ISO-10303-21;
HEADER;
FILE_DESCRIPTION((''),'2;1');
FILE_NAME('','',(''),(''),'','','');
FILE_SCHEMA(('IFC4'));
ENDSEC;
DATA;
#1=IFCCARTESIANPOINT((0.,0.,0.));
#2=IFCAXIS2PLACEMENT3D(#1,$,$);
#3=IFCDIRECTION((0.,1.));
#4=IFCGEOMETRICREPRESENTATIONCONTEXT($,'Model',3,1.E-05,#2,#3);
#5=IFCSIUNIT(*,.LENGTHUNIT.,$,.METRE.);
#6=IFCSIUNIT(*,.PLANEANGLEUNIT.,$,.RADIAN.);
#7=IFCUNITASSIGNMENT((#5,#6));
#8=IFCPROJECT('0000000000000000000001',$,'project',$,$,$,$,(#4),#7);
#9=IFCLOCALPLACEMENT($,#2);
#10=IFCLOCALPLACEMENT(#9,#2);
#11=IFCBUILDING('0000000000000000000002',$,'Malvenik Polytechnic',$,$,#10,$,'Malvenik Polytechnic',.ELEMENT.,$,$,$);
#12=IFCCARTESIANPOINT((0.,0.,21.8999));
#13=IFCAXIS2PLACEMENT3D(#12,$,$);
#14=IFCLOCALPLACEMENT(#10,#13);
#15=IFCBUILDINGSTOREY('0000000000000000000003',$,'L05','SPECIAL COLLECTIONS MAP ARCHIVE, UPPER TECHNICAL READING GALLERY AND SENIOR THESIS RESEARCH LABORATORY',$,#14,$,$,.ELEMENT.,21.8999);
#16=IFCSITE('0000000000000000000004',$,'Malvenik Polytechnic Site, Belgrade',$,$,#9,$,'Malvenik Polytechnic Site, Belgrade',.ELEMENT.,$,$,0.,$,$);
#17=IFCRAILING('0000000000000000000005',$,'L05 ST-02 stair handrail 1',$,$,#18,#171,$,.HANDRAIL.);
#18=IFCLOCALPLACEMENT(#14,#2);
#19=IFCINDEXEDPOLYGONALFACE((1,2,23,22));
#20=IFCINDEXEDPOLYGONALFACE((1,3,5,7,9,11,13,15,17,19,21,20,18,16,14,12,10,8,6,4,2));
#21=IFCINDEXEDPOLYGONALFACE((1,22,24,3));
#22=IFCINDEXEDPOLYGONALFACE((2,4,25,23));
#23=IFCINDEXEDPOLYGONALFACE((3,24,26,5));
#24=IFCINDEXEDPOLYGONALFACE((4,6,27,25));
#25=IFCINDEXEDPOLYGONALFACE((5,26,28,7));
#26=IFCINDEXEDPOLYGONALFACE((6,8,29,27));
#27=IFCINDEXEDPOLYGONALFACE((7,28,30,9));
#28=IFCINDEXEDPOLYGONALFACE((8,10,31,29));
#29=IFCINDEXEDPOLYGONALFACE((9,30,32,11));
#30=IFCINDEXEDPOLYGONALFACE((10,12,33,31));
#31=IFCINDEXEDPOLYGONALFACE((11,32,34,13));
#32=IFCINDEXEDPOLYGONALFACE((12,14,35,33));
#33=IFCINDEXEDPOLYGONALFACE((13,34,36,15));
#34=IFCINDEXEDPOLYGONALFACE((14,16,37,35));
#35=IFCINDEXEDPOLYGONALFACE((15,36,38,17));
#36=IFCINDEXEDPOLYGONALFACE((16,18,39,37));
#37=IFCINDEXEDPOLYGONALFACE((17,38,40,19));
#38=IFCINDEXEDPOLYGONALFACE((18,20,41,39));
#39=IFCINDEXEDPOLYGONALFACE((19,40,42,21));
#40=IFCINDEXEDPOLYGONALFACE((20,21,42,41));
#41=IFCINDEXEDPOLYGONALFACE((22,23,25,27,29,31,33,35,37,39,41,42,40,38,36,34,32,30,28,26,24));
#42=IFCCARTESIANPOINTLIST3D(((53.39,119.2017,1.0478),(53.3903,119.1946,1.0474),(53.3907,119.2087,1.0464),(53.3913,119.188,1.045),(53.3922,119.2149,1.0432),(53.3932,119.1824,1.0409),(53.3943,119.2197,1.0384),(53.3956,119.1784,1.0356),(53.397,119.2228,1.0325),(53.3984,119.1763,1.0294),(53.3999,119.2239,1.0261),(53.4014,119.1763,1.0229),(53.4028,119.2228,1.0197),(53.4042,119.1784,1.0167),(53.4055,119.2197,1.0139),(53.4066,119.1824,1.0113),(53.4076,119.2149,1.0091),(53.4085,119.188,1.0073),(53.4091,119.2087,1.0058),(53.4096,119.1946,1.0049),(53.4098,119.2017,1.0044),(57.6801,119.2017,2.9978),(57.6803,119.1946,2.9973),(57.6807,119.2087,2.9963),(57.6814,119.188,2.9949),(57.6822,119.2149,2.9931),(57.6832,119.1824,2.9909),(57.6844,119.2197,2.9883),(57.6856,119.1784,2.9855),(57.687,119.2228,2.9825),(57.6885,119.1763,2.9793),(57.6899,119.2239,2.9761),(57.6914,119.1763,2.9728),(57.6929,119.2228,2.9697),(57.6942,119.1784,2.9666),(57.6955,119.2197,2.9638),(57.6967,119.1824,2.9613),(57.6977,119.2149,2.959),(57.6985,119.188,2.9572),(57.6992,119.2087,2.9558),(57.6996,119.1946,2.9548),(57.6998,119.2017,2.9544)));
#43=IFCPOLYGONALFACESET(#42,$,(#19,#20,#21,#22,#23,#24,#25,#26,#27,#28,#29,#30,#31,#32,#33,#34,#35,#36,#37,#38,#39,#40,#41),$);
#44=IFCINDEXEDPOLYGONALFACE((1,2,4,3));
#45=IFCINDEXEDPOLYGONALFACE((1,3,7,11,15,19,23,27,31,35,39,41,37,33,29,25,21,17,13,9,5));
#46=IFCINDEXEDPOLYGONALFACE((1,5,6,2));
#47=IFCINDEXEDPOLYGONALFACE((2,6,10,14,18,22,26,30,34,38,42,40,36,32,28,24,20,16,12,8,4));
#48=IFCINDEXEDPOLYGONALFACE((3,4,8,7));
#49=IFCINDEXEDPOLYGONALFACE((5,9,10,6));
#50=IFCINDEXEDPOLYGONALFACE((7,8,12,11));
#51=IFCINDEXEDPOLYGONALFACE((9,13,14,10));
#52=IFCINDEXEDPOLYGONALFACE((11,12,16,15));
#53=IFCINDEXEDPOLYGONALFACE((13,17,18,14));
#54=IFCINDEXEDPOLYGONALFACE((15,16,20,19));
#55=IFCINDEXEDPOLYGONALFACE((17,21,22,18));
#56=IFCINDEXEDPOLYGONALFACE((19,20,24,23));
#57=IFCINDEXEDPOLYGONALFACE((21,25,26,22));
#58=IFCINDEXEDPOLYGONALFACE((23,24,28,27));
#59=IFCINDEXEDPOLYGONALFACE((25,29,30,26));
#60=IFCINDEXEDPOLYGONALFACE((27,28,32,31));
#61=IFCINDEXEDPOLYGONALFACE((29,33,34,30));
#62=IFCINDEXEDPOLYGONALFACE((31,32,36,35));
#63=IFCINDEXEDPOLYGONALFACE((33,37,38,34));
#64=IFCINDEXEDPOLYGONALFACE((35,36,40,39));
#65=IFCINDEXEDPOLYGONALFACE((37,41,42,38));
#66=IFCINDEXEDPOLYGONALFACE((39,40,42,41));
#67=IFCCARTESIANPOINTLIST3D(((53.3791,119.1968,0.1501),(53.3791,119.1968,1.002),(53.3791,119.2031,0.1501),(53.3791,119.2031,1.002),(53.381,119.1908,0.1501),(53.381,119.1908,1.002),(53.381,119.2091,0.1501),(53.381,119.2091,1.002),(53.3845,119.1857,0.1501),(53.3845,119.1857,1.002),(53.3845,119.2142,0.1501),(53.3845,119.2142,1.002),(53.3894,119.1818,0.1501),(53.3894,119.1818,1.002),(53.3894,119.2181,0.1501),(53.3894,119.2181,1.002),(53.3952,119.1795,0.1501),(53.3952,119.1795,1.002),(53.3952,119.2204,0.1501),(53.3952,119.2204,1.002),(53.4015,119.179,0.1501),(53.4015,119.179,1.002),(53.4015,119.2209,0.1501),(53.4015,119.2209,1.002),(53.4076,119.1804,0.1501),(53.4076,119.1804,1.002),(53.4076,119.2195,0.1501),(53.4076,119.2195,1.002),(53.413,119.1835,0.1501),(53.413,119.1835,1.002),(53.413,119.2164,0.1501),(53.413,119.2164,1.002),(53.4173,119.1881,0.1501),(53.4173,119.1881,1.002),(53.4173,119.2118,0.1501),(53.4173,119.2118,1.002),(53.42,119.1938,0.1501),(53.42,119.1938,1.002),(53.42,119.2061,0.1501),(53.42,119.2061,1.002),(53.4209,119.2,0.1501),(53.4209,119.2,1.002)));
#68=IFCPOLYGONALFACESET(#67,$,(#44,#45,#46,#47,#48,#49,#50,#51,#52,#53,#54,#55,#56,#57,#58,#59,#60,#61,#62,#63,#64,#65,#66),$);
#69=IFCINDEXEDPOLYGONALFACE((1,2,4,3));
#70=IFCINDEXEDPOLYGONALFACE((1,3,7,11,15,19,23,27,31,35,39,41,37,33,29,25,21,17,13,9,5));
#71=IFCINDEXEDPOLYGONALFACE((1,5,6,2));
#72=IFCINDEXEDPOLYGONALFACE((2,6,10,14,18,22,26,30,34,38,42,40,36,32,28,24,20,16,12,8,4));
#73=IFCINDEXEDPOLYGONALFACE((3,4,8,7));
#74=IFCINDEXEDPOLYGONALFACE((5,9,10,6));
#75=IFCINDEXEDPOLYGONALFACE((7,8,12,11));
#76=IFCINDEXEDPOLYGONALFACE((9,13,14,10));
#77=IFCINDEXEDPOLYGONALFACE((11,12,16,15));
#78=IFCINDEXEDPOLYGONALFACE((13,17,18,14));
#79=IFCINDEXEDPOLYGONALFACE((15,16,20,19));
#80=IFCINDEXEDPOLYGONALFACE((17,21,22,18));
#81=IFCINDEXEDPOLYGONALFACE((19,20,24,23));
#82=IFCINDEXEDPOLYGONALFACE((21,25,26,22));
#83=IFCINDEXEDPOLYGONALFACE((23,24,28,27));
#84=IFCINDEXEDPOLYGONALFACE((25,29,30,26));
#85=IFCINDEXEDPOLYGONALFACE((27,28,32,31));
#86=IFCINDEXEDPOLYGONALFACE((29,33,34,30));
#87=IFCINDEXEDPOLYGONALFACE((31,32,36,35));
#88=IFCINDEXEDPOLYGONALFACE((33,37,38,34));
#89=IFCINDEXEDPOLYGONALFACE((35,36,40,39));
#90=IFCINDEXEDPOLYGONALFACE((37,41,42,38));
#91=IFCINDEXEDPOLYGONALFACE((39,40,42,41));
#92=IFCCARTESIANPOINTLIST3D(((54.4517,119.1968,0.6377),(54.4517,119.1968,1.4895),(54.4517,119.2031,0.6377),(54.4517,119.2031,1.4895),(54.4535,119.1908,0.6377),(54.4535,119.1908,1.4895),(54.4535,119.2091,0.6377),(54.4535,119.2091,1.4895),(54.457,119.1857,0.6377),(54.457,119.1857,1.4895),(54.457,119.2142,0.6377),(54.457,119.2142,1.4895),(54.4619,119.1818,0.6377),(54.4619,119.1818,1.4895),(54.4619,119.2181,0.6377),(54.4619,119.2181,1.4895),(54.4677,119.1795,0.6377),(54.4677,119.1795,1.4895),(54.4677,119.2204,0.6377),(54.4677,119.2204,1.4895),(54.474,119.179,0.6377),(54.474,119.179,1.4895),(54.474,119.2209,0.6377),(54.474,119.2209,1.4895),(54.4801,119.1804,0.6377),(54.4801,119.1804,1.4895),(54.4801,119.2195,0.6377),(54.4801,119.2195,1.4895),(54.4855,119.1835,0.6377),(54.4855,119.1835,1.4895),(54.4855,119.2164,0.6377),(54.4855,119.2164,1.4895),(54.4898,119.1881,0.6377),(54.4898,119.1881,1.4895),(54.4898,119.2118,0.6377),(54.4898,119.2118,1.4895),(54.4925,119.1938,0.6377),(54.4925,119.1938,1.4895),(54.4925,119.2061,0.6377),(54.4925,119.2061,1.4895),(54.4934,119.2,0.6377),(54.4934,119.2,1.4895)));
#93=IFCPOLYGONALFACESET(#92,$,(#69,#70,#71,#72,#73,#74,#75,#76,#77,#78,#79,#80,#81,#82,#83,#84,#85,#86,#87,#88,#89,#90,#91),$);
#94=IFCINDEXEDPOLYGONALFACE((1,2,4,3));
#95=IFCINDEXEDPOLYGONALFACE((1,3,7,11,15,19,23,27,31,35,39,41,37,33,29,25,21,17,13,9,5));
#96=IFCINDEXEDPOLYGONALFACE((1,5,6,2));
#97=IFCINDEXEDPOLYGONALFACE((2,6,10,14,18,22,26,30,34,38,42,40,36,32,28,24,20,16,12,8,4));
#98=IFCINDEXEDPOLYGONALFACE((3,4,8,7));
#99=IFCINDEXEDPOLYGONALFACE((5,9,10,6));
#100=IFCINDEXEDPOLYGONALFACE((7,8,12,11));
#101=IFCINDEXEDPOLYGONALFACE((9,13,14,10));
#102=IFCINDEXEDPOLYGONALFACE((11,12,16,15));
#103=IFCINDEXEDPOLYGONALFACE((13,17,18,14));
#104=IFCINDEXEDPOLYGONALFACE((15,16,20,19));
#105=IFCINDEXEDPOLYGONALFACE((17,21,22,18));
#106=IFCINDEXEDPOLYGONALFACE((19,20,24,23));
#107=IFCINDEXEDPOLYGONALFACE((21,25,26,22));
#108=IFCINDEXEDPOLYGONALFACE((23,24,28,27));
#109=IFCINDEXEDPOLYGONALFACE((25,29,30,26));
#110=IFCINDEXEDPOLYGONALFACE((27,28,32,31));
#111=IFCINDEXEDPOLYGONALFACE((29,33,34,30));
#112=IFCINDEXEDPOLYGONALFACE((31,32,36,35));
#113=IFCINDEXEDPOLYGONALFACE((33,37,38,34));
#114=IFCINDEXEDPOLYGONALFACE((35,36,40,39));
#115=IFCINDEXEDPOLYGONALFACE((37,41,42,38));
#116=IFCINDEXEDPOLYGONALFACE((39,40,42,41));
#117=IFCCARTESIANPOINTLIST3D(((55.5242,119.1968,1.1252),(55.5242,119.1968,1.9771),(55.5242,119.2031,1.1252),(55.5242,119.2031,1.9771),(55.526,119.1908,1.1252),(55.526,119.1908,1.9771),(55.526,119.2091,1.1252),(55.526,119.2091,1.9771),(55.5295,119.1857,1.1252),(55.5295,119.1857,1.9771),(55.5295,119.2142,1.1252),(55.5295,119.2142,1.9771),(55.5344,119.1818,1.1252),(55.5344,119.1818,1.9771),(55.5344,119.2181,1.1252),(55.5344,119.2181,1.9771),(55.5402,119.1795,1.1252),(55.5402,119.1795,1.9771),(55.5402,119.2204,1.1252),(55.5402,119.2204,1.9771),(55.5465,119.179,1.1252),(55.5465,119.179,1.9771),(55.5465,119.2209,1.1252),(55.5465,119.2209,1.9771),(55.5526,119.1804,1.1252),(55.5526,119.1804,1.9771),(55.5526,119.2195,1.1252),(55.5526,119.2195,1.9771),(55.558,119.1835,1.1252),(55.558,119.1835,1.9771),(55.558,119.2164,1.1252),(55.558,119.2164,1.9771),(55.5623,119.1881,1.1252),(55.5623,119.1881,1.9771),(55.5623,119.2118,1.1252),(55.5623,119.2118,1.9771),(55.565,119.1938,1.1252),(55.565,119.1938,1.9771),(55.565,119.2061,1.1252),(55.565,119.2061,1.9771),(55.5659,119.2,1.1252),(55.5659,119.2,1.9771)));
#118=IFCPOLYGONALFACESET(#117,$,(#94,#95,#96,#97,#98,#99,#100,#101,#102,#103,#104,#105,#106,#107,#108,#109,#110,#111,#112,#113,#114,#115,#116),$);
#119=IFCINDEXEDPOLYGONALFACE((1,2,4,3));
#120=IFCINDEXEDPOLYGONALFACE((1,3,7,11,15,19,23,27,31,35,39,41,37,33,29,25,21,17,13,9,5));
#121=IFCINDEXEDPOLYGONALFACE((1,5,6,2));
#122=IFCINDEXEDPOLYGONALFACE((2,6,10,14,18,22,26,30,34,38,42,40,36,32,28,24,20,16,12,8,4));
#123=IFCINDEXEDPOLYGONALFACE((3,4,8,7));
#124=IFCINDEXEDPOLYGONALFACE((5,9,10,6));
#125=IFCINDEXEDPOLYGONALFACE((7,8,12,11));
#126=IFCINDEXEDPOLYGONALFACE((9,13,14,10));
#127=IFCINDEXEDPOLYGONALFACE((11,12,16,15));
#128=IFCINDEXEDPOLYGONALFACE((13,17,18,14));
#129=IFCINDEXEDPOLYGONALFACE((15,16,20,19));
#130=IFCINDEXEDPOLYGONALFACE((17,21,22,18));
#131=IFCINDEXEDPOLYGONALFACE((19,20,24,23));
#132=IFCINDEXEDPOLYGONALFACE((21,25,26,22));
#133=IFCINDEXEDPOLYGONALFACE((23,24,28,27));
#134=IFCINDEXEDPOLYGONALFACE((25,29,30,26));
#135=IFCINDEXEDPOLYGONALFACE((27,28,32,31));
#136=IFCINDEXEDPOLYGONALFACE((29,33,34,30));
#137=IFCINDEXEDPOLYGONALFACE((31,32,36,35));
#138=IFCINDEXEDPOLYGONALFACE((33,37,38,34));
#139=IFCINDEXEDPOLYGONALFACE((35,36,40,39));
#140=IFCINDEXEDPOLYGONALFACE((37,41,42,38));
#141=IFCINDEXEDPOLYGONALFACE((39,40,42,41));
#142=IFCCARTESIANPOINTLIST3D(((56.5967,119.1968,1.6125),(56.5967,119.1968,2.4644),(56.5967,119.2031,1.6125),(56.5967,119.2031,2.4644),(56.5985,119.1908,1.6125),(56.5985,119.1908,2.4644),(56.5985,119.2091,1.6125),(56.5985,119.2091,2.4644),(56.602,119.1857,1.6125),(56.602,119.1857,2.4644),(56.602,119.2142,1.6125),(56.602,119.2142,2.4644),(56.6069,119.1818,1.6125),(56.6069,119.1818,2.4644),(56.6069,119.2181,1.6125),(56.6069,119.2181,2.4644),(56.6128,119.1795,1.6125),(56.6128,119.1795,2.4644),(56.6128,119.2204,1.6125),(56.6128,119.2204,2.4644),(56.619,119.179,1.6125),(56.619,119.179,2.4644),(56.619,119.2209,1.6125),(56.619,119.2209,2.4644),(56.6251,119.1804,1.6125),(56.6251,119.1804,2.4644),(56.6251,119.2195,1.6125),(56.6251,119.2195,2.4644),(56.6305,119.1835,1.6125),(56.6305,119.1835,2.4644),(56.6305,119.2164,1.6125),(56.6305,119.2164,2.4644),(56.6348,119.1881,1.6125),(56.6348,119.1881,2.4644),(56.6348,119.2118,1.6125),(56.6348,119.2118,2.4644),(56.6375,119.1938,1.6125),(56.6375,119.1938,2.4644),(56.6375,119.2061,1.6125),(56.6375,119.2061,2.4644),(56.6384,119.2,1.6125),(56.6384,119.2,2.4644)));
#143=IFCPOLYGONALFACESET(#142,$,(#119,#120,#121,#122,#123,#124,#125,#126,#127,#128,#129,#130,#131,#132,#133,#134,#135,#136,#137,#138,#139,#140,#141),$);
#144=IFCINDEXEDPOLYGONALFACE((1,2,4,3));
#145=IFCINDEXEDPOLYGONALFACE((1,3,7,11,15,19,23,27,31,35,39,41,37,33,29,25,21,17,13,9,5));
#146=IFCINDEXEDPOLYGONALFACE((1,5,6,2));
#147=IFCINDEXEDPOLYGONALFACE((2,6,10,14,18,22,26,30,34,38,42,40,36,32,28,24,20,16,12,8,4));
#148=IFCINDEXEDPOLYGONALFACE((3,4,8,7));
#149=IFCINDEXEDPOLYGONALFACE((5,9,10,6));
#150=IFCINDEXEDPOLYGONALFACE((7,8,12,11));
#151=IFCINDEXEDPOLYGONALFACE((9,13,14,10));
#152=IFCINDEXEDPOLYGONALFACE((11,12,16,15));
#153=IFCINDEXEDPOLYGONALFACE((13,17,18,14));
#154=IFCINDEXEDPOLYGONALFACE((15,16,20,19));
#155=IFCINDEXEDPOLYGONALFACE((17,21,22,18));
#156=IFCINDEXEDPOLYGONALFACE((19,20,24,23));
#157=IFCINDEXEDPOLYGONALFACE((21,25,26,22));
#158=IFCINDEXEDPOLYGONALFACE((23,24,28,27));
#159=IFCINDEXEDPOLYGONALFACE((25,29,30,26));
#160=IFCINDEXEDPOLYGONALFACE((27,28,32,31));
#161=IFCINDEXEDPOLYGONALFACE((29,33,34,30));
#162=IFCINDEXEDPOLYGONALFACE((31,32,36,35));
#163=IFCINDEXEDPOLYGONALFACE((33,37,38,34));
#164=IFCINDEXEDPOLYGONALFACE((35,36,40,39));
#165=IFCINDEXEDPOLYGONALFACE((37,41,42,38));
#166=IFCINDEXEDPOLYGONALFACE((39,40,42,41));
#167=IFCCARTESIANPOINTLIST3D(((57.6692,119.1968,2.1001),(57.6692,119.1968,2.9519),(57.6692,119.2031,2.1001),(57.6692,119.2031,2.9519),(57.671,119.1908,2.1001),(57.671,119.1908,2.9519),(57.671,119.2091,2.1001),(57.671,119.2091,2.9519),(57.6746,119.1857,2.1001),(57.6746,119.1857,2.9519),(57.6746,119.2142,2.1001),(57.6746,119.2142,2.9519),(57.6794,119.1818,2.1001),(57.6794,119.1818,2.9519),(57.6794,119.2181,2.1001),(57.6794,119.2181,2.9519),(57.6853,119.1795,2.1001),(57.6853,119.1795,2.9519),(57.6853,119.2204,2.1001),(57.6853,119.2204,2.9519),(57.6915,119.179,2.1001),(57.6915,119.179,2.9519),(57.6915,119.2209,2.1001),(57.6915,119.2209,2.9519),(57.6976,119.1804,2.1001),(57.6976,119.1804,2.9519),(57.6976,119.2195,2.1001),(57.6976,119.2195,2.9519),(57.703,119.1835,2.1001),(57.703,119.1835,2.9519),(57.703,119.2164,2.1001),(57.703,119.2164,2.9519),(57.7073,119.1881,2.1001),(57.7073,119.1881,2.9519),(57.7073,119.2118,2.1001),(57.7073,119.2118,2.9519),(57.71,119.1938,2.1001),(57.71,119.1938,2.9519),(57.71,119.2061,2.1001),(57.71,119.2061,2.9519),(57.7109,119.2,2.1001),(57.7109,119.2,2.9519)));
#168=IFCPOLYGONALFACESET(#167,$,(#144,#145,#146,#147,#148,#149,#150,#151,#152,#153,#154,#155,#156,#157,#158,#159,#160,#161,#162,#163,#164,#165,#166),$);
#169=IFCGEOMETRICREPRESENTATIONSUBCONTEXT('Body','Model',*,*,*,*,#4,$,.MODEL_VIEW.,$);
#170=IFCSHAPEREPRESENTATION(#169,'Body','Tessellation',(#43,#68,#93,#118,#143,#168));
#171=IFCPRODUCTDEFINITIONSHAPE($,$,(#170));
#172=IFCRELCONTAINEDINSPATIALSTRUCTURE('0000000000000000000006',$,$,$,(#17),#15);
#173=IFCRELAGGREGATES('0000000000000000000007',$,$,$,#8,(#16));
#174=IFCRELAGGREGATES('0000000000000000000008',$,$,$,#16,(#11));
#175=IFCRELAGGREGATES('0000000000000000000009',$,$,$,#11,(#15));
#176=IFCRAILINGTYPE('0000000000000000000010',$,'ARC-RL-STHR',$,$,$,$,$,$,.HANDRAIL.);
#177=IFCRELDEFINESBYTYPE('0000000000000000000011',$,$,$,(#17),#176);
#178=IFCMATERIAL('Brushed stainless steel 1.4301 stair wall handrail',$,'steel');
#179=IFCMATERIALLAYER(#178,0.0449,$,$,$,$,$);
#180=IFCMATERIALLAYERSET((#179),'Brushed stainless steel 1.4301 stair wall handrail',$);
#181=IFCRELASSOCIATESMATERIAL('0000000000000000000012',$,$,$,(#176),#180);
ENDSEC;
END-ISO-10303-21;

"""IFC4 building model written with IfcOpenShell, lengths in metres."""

from ifc_helpers import new_model, si_unit, direction, frame, origin, origin_2d, place, context, subcontext, project, spatial, circle, extrude, material, layer, layer_set, type_object, element, save


model = new_model("IFC4")

# Units and contexts
model_context = context("Model", 3, precision=1e-05, world=origin(), true_north=direction((0.0, 1.0)))
body_context = subcontext(model_context, "Body", "Model", "MODEL_VIEW")
ifc_project = project(units=[si_unit("LENGTHUNIT", "METRE"), si_unit("PLANEANGLEUNIT", "RADIAN")], contexts=[model_context])

# Site, building, storey
site_placement = place(None, origin())
site = spatial("IfcSite", under=ifc_project, at=site_placement, Name="Malvenik Polytechnic Site, Belgrade", LongName="Malvenik Polytechnic Site, Belgrade", CompositionType="ELEMENT", RefElevation=0.0)
building_placement = place(site_placement, origin())
building = spatial("IfcBuilding", under=site, at=building_placement, Name="Malvenik Polytechnic", LongName="Malvenik Polytechnic", CompositionType="ELEMENT")
storey_placement = place(building_placement, frame((0.0, 0.0, 21.8999)))
storey = spatial("IfcBuildingStorey", under=building, at=storey_placement, Name="L05", Description="SPECIAL COLLECTIONS MAP ARCHIVE, UPPER TECHNICAL READING GALLERY AND SENIOR THESIS RESEARCH LABORATORY", CompositionType="ELEMENT", Elevation=21.8999)

# Railing
ifc_material_1 = material(Name="Brushed stainless steel 1.4301 stair wall handrail", Category="steel")
ifc_layer_1 = layer(ifc_material_1, 0.0449)
ifc_layer_set_1 = layer_set([ifc_layer_1], Name="Brushed stainless steel 1.4301 stair wall handrail")
railing_type_1 = type_object("IfcRailingType", Name="ARC-RL-STHR", PredefinedType="HANDRAIL", material=ifc_layer_set_1)
railing_1_placement = place(storey_placement, frame((53.3999, 119.2, 0.1501)))
element("IfcRailing", 1, at=railing_1_placement, inside=storey, type_object=railing_type_1, Name="L05 ST-02 stair handrail 1", PredefinedType="HANDRAIL", context=body_context, shape_type="SweptSolid", body=[
    extrude(circle(Radius=0.0239, at=origin_2d()), frame((0.0, 0.0, 0.876), z_axis=(0.910372, 0.0, 0.413791), x_axis=(0.0, 1.0, 0.0)), (0.0, 0.0, 1.0), 4.7124),
    extrude(circle(Radius=0.021, at=origin_2d()), origin(), (0.0, 0.0, 1.0), 0.8518),
    extrude(circle(Radius=0.021, at=origin_2d()), frame((1.0725, 0.0, 0.4875)), (0.0, 0.0, 1.0), 0.8518),
    extrude(circle(Radius=0.021, at=origin_2d()), frame((2.145, 0.0, 0.9751)), (0.0, 0.0, 1.0), 0.8518),
    extrude(circle(Radius=0.021, at=origin_2d()), frame((3.2175, 0.0, 1.4624)), (0.0, 0.0, 1.0), 0.8518),
    extrude(circle(Radius=0.021, at=origin_2d()), frame((4.29, 0.0, 1.95)), (0.0, 0.0, 1.0), 0.8518),
])

save(model, "model.ifc")
